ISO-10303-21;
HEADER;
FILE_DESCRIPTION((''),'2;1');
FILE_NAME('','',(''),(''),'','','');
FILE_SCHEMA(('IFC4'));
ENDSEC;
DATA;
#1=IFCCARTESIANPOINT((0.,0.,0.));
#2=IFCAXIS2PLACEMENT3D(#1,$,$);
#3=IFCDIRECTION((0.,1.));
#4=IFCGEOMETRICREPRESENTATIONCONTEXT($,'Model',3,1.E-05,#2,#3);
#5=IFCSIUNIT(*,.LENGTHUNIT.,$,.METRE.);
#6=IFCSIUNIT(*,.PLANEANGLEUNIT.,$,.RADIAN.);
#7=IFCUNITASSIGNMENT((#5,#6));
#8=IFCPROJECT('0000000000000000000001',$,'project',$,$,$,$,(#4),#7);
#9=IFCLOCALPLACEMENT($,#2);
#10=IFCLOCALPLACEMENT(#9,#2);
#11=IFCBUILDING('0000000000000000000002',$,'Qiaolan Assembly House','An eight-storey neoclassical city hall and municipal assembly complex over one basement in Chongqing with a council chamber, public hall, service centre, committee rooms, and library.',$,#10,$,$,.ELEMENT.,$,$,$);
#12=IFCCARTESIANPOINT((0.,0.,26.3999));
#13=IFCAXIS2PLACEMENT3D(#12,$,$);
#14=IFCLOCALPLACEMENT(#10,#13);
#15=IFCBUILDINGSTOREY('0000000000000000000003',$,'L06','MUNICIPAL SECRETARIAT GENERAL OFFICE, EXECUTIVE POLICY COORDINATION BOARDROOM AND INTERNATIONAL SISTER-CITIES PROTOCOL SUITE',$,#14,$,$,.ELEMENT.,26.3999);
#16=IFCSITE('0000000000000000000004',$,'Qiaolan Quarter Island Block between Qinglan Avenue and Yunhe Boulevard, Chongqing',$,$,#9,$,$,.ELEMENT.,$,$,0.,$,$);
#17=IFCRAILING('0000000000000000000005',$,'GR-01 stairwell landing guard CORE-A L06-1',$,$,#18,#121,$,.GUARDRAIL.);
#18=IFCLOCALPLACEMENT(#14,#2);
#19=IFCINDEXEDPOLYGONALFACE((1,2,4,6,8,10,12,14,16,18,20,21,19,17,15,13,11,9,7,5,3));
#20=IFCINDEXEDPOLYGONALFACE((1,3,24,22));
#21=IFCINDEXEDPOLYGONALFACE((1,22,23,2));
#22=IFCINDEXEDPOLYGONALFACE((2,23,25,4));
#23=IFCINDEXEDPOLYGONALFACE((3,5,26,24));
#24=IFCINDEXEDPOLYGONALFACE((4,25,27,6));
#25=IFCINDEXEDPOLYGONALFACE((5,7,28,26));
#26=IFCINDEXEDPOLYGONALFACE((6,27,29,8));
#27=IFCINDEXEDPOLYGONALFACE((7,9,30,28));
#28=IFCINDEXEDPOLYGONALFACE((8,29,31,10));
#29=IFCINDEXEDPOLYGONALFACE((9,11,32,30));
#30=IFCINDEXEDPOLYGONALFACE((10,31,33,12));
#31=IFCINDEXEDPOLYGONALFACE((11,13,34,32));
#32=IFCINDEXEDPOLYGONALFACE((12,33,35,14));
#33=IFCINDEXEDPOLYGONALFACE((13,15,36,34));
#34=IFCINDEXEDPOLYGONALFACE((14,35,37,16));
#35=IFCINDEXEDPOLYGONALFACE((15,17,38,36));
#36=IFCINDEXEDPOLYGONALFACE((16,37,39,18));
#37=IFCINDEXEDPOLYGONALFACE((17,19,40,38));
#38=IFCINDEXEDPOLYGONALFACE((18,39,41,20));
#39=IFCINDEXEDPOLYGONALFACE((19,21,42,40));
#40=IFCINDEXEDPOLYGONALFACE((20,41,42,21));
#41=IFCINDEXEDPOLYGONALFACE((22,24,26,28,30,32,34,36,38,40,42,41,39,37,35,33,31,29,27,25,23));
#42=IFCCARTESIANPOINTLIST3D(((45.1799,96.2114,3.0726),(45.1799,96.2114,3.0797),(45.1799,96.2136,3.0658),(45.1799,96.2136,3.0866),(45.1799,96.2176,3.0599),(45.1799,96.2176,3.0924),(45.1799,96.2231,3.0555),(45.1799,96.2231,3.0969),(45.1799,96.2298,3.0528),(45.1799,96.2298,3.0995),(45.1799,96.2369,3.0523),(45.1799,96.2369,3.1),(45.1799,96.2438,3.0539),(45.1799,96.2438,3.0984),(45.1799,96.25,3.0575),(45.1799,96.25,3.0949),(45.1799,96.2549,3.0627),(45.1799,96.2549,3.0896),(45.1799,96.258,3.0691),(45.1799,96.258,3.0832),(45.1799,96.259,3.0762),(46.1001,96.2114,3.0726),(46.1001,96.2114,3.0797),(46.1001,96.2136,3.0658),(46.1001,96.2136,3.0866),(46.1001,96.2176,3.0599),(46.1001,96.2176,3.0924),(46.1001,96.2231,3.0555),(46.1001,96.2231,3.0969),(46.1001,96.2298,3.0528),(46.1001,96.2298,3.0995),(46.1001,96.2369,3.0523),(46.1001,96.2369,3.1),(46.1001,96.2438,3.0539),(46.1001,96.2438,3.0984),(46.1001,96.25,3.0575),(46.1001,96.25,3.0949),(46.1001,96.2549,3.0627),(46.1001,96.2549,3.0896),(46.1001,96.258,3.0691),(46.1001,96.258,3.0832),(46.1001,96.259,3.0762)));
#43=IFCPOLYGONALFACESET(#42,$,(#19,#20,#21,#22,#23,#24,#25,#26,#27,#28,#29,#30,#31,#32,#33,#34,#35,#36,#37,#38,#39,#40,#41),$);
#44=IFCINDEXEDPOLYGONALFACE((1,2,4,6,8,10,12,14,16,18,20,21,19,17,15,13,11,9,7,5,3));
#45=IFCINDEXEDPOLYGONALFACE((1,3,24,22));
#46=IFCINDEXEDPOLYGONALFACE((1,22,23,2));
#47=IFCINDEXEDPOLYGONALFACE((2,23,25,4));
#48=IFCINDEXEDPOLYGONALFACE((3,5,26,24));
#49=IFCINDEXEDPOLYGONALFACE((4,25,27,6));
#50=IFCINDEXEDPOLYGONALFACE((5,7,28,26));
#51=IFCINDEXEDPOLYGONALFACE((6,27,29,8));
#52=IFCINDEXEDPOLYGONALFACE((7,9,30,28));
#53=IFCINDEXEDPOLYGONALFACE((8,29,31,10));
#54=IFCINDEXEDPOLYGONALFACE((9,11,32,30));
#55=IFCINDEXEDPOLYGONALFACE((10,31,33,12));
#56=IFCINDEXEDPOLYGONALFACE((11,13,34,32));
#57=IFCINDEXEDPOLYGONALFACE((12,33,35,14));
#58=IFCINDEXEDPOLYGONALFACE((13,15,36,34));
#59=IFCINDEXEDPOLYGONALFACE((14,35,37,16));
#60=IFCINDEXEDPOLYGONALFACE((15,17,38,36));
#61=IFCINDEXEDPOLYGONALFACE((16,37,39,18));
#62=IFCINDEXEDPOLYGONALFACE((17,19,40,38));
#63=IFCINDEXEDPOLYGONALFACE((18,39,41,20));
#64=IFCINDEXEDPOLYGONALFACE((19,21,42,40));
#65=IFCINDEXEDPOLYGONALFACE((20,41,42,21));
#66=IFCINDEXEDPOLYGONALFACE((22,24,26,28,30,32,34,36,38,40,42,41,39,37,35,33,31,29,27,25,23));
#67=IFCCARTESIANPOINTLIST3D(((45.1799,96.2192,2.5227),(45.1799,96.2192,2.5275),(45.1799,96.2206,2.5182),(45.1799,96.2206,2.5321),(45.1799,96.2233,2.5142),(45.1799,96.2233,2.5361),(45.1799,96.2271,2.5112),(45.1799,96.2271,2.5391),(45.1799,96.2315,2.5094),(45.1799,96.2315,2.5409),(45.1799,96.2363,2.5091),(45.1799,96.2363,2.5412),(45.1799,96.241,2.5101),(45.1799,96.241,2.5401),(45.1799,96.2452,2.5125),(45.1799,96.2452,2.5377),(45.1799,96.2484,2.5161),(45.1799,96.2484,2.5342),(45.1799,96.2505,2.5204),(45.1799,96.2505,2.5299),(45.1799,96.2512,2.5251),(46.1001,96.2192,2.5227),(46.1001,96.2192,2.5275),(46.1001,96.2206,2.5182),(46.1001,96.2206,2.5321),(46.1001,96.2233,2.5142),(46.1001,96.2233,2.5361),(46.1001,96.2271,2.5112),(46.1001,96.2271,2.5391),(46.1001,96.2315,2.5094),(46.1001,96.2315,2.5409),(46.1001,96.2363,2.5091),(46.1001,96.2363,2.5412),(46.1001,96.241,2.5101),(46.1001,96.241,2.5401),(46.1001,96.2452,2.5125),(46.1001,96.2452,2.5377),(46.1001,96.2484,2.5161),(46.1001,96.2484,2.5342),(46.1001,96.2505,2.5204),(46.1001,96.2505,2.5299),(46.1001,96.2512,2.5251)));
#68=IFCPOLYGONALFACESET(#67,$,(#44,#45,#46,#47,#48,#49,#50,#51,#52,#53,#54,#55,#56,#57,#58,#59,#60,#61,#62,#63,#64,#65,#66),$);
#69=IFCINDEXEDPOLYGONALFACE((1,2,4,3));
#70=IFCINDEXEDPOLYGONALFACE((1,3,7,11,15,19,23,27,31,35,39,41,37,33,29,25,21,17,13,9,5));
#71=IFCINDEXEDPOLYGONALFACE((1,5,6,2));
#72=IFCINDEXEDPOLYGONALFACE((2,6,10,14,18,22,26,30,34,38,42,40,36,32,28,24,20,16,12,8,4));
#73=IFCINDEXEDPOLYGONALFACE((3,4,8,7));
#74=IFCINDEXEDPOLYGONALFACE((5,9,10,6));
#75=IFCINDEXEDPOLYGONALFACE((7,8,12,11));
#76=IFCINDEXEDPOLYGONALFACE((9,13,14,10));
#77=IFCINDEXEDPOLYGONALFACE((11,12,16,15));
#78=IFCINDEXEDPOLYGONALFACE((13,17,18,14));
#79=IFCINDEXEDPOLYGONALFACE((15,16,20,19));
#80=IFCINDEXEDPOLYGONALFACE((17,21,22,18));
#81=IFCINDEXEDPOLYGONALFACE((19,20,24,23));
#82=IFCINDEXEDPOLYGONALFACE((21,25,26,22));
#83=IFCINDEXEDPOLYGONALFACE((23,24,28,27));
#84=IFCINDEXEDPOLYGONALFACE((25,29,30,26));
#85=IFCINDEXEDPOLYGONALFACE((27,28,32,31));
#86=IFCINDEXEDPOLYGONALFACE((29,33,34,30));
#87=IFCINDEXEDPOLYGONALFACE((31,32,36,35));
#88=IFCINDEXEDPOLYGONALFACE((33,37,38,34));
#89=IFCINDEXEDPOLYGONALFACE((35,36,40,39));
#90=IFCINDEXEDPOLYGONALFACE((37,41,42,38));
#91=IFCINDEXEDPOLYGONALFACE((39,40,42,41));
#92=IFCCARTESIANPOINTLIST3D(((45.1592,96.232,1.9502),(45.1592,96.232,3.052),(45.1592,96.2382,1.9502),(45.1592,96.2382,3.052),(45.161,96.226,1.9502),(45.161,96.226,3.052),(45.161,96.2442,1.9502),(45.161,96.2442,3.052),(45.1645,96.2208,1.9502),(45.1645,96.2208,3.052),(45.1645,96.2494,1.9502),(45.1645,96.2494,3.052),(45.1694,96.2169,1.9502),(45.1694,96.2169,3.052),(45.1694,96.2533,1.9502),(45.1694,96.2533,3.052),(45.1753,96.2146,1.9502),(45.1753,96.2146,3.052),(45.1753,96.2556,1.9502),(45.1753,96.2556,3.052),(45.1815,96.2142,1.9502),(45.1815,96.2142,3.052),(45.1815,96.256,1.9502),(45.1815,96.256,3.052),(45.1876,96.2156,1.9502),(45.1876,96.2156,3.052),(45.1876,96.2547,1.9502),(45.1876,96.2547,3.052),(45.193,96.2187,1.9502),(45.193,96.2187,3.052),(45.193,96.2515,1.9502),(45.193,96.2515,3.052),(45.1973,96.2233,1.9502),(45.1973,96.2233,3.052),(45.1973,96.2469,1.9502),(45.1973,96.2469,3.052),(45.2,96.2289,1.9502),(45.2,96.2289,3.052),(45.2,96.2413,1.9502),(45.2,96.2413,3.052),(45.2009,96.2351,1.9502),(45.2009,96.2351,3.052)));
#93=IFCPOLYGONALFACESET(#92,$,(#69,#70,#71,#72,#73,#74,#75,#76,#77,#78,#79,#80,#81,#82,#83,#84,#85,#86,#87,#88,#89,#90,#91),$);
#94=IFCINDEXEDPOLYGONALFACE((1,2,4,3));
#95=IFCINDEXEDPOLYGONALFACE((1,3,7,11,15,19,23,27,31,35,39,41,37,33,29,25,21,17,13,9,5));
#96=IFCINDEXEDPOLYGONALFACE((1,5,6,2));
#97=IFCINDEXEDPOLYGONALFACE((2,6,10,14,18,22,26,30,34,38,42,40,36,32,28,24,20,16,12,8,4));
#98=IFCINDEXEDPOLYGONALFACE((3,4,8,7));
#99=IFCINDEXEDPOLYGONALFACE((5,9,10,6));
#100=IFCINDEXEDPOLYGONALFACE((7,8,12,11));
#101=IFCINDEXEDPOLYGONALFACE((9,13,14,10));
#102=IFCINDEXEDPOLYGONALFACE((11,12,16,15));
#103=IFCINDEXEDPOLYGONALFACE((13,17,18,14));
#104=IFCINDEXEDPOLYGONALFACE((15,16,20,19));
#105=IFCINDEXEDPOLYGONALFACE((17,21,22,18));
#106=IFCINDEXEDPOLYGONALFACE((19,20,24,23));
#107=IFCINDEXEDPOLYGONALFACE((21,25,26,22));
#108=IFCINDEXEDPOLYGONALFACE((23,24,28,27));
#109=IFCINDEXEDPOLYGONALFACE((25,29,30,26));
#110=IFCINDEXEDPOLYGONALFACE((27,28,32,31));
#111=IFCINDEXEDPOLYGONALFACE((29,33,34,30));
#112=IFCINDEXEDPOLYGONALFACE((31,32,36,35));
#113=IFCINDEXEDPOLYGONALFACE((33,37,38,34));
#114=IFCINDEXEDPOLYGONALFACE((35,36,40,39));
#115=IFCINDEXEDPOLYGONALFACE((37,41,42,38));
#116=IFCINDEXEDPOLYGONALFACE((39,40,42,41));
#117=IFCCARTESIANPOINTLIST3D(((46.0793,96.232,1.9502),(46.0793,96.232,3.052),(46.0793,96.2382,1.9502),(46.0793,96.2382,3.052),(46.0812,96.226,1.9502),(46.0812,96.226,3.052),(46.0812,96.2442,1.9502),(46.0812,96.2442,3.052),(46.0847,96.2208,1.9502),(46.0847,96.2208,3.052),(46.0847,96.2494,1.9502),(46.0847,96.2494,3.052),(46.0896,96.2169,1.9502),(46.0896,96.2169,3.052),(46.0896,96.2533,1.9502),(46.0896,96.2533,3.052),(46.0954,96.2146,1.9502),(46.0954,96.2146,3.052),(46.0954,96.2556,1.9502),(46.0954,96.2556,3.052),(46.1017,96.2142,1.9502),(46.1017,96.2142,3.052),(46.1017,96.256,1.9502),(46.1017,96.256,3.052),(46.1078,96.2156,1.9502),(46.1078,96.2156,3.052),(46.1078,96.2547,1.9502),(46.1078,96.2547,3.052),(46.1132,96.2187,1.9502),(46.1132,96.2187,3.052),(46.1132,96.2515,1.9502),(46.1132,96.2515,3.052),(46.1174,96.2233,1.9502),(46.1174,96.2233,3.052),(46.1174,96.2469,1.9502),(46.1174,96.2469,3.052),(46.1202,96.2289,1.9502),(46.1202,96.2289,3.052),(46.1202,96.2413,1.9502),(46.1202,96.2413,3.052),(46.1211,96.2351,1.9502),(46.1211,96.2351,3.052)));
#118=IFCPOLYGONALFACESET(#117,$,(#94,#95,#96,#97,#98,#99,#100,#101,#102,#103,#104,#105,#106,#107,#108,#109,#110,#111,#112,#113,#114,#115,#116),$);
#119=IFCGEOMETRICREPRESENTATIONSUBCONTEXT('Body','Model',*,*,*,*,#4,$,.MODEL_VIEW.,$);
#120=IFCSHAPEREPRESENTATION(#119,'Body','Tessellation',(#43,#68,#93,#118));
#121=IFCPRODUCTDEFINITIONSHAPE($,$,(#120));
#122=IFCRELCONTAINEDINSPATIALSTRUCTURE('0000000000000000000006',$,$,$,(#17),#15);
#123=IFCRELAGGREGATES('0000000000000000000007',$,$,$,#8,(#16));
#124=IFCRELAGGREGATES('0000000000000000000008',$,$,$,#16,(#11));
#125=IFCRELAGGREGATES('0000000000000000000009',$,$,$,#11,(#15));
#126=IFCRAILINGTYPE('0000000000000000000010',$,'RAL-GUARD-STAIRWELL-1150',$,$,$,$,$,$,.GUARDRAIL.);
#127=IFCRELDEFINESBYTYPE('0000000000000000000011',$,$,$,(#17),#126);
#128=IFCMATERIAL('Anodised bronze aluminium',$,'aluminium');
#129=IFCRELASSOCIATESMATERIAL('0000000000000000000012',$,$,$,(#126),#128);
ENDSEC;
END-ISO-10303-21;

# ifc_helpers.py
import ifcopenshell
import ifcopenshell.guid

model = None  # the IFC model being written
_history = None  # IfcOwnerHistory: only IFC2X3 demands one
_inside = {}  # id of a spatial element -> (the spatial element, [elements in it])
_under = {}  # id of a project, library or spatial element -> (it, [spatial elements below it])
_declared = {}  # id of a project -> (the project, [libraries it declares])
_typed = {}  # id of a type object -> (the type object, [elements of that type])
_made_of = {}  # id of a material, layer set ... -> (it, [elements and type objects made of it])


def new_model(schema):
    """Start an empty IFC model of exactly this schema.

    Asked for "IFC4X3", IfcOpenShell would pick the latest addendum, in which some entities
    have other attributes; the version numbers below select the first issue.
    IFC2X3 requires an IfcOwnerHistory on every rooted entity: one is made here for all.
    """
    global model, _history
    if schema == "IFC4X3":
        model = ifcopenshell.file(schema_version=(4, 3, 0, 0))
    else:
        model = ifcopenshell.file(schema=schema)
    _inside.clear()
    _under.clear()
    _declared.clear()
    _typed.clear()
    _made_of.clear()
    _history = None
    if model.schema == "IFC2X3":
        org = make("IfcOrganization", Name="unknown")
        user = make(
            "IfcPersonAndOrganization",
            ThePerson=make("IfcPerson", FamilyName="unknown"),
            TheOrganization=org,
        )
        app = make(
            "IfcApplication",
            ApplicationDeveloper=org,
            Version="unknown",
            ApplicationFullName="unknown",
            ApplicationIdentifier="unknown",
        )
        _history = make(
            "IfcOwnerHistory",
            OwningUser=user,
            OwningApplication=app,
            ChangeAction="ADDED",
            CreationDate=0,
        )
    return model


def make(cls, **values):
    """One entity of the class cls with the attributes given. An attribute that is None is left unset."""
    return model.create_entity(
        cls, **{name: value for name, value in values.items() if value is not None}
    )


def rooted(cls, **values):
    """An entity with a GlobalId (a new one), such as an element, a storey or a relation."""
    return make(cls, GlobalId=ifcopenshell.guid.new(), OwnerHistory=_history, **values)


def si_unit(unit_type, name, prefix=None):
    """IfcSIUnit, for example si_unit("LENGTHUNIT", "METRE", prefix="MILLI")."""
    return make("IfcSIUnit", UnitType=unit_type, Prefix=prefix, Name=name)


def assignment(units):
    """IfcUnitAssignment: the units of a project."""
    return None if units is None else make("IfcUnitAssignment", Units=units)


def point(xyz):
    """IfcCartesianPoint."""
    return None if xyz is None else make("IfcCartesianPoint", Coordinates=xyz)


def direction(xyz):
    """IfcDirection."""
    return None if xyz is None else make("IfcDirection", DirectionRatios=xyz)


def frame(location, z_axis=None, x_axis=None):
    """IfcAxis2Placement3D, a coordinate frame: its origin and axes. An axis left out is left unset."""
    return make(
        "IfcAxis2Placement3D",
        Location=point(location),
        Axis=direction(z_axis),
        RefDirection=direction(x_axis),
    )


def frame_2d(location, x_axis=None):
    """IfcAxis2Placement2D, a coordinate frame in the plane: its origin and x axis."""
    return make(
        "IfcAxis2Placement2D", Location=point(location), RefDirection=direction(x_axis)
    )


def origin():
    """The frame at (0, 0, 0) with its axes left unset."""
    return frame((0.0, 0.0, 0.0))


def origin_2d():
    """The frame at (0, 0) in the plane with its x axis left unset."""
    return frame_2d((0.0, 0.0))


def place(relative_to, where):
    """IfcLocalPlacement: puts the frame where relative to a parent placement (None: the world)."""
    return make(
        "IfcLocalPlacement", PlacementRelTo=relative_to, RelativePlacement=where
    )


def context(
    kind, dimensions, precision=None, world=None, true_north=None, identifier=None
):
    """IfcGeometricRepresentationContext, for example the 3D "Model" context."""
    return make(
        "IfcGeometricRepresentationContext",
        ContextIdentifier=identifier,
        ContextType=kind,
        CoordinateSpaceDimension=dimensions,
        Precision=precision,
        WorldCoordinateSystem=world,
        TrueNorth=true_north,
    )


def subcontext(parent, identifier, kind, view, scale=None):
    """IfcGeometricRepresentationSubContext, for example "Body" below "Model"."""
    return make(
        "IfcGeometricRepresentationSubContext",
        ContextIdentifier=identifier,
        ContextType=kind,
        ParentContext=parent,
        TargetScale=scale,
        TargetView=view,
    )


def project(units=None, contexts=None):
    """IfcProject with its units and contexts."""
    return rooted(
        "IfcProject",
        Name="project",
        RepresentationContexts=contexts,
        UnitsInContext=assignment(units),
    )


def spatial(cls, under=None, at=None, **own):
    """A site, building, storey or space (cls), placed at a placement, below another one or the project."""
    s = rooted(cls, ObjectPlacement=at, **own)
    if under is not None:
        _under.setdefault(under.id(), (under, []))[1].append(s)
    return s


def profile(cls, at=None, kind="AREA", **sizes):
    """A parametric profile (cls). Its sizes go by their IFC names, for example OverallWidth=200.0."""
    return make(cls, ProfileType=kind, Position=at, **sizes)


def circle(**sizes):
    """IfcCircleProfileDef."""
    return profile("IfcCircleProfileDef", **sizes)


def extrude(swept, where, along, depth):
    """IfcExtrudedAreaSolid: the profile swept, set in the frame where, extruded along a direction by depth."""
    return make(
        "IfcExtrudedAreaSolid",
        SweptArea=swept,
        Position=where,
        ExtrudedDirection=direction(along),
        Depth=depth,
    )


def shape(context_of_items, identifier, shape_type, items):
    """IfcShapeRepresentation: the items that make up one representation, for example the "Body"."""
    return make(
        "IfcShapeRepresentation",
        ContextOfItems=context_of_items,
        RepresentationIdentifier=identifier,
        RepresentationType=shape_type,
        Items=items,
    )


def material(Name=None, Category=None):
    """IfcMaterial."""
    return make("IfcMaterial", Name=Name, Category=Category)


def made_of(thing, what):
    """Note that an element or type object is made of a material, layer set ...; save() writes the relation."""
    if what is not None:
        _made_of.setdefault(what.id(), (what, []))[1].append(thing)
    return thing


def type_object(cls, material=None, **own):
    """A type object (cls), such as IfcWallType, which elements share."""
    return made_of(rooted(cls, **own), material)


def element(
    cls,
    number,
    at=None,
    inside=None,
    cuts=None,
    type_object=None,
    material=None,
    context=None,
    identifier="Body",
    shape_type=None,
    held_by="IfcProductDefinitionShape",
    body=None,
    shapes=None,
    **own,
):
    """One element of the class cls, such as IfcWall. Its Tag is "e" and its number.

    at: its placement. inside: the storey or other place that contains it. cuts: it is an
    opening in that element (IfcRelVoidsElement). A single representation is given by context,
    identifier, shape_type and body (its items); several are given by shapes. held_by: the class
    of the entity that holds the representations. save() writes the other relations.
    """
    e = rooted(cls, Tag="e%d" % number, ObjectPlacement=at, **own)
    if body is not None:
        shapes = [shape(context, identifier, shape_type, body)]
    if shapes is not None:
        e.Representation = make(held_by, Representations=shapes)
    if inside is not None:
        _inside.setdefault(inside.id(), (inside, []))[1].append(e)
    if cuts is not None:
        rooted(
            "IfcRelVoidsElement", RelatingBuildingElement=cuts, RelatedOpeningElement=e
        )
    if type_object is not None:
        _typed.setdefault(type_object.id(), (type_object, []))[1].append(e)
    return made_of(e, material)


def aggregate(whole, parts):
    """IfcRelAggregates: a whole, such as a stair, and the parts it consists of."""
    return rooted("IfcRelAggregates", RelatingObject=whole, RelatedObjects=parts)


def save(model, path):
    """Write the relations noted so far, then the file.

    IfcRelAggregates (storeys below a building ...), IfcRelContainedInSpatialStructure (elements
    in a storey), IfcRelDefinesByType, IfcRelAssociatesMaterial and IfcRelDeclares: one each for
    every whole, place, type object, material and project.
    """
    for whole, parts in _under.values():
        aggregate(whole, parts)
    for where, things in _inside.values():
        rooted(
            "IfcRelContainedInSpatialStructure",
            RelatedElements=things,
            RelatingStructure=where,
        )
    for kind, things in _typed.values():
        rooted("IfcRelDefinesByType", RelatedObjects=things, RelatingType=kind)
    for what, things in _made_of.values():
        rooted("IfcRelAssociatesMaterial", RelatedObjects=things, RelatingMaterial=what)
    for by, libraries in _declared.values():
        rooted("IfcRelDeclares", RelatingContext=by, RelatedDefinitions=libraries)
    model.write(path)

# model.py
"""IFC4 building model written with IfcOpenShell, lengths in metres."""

from ifc_helpers import new_model, si_unit, direction, frame, origin, origin_2d, place, context, subcontext, project, spatial, circle, extrude, material, type_object, element, save


model = new_model("IFC4")

# Units and contexts
model_context = context("Model", 3, precision=1e-05, world=origin(), true_north=direction((0.0, 1.0)))
body_context = subcontext(model_context, "Body", "Model", "MODEL_VIEW")
ifc_project = project(units=[si_unit("LENGTHUNIT", "METRE"), si_unit("PLANEANGLEUNIT", "RADIAN")], contexts=[model_context])

# Site, building, storey
site_placement = place(None, origin())
site = spatial("IfcSite", under=ifc_project, at=site_placement, Name="Qiaolan Quarter Island Block between Qinglan Avenue and Yunhe Boulevard, Chongqing", CompositionType="ELEMENT", RefElevation=0.0)
building_placement = place(site_placement, origin())
building = spatial("IfcBuilding", under=site, at=building_placement, Name="Qiaolan Assembly House", Description="An eight-storey neoclassical city hall and municipal assembly complex over one basement in Chongqing with a council chamber, public hall, service centre, committee rooms, and library.", CompositionType="ELEMENT")
storey_placement = place(building_placement, frame((0.0, 0.0, 26.3999)))
storey = spatial("IfcBuildingStorey", under=building, at=storey_placement, Name="L06", Description="MUNICIPAL SECRETARIAT GENERAL OFFICE, EXECUTIVE POLICY COORDINATION BOARDROOM AND INTERNATIONAL SISTER-CITIES PROTOCOL SUITE", CompositionType="ELEMENT", Elevation=26.3999)

# Railing
ifc_material_1 = material(Name="Anodised bronze aluminium", Category="aluminium")
railing_type_1 = type_object("IfcRailingType", Name="RAL-GUARD-STAIRWELL-1150", PredefinedType="GUARDRAIL", material=ifc_material_1)
for number, where, name in (
    (1, (45.1799, 96.2351, 1.9502), "GR-01 stairwell landing guard CORE-A L06-1"),
):
    element("IfcRailing", number, at=place(storey_placement, frame(where)), inside=storey, type_object=railing_type_1, Name=name, PredefinedType="GUARDRAIL", context=body_context, shape_type="SweptSolid", body=[
        extrude(circle(Radius=0.0239, at=origin_2d()), frame((0.0, 0.0, 1.126), z_axis=(1.0, 0.0, 0.0), x_axis=(0.0, 1.0, 0.0)), (0.0, 0.0, 1.0), 0.9202),
        extrude(circle(Radius=0.0161, at=origin_2d()), frame((0.0, 0.0, 0.575), z_axis=(1.0, 0.0, 0.0), x_axis=(0.0, 1.0, 0.0)), (0.0, 0.0, 1.0), 0.9202),
        extrude(circle(Radius=0.021, at=origin_2d()), origin(), (0.0, 0.0, 1.0), 1.1018),
        extrude(circle(Radius=0.021, at=origin_2d()), frame((0.9202, 0.0, 0.0)), (0.0, 0.0, 1.0), 1.1018),
    ])

save(model, "model.ifc")
